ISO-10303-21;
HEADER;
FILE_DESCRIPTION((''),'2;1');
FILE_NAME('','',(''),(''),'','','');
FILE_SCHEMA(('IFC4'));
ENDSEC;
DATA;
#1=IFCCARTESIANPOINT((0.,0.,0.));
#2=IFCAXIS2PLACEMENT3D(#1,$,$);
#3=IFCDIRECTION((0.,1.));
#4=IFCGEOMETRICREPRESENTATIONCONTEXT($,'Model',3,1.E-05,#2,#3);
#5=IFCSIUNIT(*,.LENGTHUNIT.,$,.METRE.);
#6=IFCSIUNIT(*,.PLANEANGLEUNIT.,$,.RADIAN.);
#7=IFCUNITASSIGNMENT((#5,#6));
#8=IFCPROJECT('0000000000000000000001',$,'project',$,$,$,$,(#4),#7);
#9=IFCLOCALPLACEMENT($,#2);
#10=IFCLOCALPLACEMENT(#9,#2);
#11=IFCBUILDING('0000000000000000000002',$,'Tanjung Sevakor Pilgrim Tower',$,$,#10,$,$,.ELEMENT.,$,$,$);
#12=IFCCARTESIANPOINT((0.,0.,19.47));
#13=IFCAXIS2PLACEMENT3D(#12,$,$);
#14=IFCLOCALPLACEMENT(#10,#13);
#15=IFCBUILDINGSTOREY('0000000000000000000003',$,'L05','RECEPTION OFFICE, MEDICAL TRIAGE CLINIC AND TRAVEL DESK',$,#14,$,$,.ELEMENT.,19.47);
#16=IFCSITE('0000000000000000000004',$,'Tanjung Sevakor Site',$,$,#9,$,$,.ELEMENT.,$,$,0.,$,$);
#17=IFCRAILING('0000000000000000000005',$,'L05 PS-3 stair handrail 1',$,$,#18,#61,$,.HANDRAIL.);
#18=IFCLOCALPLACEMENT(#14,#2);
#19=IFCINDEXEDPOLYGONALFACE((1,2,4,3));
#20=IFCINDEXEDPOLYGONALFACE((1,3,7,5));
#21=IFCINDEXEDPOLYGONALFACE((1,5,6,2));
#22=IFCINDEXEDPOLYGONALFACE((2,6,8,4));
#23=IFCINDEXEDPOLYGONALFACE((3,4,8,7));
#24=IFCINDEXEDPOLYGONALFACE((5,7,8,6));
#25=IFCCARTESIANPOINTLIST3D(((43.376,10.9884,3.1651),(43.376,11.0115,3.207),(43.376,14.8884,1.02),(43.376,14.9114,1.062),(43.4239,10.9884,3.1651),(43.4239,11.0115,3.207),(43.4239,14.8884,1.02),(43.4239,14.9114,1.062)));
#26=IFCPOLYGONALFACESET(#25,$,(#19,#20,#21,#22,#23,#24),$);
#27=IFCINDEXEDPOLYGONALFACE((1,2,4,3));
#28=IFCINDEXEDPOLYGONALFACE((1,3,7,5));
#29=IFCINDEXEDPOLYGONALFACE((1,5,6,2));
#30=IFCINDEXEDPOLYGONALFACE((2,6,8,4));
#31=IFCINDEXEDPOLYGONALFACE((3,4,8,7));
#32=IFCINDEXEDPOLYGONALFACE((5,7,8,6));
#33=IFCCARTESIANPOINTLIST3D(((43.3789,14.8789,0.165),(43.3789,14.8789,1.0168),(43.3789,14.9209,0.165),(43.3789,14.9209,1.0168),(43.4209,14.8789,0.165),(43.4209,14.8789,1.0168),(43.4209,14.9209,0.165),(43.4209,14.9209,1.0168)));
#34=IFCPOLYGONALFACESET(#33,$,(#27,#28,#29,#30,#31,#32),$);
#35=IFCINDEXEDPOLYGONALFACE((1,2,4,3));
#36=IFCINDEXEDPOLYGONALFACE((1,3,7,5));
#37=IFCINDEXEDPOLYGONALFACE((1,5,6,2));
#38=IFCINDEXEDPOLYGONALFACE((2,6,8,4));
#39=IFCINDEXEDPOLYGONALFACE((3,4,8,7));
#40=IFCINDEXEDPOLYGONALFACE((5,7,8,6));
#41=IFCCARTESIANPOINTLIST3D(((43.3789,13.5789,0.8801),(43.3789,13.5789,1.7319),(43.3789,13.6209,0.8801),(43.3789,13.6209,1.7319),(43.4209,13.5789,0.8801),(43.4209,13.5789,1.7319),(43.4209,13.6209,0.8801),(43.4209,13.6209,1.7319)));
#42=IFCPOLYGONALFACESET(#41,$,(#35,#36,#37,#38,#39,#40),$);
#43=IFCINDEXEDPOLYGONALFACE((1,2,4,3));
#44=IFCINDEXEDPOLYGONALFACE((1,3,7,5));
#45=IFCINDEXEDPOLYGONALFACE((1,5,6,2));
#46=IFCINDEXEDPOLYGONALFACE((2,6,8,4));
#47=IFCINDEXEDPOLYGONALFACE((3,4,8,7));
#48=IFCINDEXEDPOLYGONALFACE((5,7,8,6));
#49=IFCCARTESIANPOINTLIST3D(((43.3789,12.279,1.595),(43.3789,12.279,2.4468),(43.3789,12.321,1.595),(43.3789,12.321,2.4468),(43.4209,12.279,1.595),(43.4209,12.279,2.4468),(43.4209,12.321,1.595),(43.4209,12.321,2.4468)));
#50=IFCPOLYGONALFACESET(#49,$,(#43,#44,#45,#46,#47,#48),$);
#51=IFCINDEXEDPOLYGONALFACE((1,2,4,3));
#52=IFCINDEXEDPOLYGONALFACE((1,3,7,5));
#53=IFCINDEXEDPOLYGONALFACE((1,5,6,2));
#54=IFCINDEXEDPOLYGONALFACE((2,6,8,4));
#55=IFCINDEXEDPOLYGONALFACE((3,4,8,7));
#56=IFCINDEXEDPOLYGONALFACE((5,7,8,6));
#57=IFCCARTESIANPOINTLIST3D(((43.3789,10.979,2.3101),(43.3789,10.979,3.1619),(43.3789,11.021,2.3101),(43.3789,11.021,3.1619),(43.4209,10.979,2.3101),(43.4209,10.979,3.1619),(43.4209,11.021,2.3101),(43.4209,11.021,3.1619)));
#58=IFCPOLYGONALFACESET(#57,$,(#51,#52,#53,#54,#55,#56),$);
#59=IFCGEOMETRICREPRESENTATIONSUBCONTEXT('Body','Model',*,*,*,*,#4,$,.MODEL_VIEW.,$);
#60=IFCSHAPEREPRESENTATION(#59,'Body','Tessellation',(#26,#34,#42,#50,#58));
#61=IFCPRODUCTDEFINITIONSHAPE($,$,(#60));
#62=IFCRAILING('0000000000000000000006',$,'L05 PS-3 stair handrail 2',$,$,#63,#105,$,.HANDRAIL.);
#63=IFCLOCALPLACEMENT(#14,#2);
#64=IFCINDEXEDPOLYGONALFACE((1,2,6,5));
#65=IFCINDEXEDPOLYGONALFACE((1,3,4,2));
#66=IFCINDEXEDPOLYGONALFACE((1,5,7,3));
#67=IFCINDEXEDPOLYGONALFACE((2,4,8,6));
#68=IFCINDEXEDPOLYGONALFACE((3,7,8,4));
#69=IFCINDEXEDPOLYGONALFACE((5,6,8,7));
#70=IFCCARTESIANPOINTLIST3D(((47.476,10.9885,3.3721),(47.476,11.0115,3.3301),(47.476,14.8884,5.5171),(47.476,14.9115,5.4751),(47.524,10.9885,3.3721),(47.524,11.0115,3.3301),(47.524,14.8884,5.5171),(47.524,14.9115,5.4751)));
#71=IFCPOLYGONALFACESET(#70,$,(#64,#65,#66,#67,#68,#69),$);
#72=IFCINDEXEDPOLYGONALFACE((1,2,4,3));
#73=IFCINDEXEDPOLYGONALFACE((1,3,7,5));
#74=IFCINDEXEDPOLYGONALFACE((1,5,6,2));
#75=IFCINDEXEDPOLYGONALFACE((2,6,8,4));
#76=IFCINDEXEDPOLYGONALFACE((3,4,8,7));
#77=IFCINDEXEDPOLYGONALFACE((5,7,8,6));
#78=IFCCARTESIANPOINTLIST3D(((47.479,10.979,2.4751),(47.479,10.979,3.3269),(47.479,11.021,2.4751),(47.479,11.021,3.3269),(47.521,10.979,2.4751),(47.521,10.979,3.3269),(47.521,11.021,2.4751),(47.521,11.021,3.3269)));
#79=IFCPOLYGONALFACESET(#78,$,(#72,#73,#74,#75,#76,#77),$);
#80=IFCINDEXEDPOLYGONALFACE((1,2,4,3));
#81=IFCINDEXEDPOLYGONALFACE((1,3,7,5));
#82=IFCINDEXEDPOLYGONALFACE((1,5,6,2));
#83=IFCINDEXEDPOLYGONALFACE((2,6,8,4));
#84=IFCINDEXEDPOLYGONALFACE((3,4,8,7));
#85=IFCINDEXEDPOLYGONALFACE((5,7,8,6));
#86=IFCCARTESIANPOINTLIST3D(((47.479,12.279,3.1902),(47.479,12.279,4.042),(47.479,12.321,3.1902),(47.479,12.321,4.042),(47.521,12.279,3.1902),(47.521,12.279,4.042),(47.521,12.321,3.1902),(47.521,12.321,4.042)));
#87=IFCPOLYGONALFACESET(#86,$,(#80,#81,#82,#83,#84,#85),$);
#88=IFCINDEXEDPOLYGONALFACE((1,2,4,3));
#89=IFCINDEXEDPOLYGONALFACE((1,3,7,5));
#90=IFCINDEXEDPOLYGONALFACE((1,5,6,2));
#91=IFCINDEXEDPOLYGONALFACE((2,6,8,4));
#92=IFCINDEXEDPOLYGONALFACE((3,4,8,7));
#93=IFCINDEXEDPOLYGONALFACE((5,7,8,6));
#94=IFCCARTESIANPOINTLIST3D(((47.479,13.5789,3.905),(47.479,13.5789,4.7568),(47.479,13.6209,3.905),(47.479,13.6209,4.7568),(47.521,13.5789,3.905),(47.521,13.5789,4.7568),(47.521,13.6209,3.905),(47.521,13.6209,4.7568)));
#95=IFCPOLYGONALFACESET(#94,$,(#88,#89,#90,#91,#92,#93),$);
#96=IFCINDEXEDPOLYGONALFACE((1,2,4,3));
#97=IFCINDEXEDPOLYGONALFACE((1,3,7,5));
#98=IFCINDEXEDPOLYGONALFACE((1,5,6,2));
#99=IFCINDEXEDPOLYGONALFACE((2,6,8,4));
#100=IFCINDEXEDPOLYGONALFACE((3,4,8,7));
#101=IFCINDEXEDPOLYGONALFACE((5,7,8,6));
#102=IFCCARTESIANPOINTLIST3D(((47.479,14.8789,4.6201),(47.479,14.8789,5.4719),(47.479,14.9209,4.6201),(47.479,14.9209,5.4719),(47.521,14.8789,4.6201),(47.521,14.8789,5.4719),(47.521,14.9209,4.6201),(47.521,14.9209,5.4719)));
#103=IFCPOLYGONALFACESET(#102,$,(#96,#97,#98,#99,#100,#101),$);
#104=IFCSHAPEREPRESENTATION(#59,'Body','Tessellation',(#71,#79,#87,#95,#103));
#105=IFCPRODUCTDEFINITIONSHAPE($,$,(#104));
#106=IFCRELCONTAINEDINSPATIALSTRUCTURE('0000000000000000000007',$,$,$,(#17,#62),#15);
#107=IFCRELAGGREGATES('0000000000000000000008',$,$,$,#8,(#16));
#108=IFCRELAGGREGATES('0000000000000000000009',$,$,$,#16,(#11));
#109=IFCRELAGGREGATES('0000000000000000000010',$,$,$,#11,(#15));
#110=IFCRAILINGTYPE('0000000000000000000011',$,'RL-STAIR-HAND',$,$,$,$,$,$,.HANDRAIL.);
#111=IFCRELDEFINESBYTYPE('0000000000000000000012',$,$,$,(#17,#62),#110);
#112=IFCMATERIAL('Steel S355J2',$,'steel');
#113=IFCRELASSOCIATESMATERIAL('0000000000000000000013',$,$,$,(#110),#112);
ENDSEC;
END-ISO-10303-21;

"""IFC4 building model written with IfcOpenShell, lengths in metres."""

from ifc_helpers import new_model, si_unit, direction, frame, origin, place, context, subcontext, project, spatial, rectangle, extrude, material, type_object, element, save


model = new_model("IFC4")

# Units and contexts
model_context = context("Model", 3, precision=1e-05, world=origin(), true_north=direction((0.0, 1.0)))
body_context = subcontext(model_context, "Body", "Model", "MODEL_VIEW")
ifc_project = project(units=[si_unit("LENGTHUNIT", "METRE"), si_unit("PLANEANGLEUNIT", "RADIAN")], contexts=[model_context])

# Site, building, storey
site_placement = place(None, origin())
site = spatial("IfcSite", under=ifc_project, at=site_placement, Name="Tanjung Sevakor Site", CompositionType="ELEMENT", RefElevation=0.0)
building_placement = place(site_placement, origin())
building = spatial("IfcBuilding", under=site, at=building_placement, Name="Tanjung Sevakor Pilgrim Tower", CompositionType="ELEMENT")
storey_placement = place(building_placement, frame((0.0, 0.0, 19.47)))
storey = spatial("IfcBuildingStorey", under=building, at=storey_placement, Name="L05", Description="RECEPTION OFFICE, MEDICAL TRIAGE CLINIC AND TRAVEL DESK", CompositionType="ELEMENT", Elevation=19.47)

# Railings
ifc_material_1 = material(Name="Steel S355J2", Category="steel")
railing_type_1 = type_object("IfcRailingType", Name="RL-STAIR-HAND", PredefinedType="HANDRAIL", material=ifc_material_1)
railing_1_placement = place(storey_placement, frame((43.3999, 14.8999, 0.165)))
element("IfcRailing", 1, at=railing_1_placement, inside=storey, type_object=railing_type_1, Name="L05 PS-3 stair handrail 1", PredefinedType="HANDRAIL", context=body_context, shape_type="SweptSolid", body=[
    extrude(rectangle(XDim=0.0479, YDim=0.0479), frame((0.0, 0.0, 0.876), z_axis=(0.0, -0.876209, 0.481931), x_axis=(1.0, 0.0, 0.0)), (0.0, 0.0, 1.0), 4.4509),
    extrude(rectangle(XDim=0.042, YDim=0.042), origin(), (0.0, 0.0, 1.0), 0.8518),
    extrude(rectangle(XDim=0.042, YDim=0.042), frame((0.0, -1.3, 0.7151)), (0.0, 0.0, 1.0), 0.8518),
    extrude(rectangle(XDim=0.042, YDim=0.042), frame((0.0, -2.5999, 1.4299)), (0.0, 0.0, 1.0), 0.8518),
    extrude(rectangle(XDim=0.042, YDim=0.042), frame((0.0, -3.8999, 2.145)), (0.0, 0.0, 1.0), 0.8518),
])
railing_2_placement = place(storey_placement, frame((47.5, 11.0, 2.4751)))
element("IfcRailing", 2, at=railing_2_placement, inside=storey, type_object=railing_type_1, Name="L05 PS-3 stair handrail 2", PredefinedType="HANDRAIL", context=body_context, shape_type="SweptSolid", body=[
    extrude(rectangle(XDim=0.0479, YDim=0.0479), frame((0.0, 0.0, 0.876), z_axis=(0.0, 0.876209, 0.481931), x_axis=(-1.0, 0.0, 0.0)), (0.0, 0.0, 1.0), 4.4509),
    extrude(rectangle(XDim=0.042, YDim=0.042), origin(), (0.0, 0.0, 1.0), 0.8518),
    extrude(rectangle(XDim=0.042, YDim=0.042), frame((0.0, 1.3, 0.7151)), (0.0, 0.0, 1.0), 0.8518),
    extrude(rectangle(XDim=0.042, YDim=0.042), frame((0.0, 2.5999, 1.4299)), (0.0, 0.0, 1.0), 0.8518),
    extrude(rectangle(XDim=0.042, YDim=0.042), frame((0.0, 3.8999, 2.145)), (0.0, 0.0, 1.0), 0.8518),
])

save(model, "model.ifc")
